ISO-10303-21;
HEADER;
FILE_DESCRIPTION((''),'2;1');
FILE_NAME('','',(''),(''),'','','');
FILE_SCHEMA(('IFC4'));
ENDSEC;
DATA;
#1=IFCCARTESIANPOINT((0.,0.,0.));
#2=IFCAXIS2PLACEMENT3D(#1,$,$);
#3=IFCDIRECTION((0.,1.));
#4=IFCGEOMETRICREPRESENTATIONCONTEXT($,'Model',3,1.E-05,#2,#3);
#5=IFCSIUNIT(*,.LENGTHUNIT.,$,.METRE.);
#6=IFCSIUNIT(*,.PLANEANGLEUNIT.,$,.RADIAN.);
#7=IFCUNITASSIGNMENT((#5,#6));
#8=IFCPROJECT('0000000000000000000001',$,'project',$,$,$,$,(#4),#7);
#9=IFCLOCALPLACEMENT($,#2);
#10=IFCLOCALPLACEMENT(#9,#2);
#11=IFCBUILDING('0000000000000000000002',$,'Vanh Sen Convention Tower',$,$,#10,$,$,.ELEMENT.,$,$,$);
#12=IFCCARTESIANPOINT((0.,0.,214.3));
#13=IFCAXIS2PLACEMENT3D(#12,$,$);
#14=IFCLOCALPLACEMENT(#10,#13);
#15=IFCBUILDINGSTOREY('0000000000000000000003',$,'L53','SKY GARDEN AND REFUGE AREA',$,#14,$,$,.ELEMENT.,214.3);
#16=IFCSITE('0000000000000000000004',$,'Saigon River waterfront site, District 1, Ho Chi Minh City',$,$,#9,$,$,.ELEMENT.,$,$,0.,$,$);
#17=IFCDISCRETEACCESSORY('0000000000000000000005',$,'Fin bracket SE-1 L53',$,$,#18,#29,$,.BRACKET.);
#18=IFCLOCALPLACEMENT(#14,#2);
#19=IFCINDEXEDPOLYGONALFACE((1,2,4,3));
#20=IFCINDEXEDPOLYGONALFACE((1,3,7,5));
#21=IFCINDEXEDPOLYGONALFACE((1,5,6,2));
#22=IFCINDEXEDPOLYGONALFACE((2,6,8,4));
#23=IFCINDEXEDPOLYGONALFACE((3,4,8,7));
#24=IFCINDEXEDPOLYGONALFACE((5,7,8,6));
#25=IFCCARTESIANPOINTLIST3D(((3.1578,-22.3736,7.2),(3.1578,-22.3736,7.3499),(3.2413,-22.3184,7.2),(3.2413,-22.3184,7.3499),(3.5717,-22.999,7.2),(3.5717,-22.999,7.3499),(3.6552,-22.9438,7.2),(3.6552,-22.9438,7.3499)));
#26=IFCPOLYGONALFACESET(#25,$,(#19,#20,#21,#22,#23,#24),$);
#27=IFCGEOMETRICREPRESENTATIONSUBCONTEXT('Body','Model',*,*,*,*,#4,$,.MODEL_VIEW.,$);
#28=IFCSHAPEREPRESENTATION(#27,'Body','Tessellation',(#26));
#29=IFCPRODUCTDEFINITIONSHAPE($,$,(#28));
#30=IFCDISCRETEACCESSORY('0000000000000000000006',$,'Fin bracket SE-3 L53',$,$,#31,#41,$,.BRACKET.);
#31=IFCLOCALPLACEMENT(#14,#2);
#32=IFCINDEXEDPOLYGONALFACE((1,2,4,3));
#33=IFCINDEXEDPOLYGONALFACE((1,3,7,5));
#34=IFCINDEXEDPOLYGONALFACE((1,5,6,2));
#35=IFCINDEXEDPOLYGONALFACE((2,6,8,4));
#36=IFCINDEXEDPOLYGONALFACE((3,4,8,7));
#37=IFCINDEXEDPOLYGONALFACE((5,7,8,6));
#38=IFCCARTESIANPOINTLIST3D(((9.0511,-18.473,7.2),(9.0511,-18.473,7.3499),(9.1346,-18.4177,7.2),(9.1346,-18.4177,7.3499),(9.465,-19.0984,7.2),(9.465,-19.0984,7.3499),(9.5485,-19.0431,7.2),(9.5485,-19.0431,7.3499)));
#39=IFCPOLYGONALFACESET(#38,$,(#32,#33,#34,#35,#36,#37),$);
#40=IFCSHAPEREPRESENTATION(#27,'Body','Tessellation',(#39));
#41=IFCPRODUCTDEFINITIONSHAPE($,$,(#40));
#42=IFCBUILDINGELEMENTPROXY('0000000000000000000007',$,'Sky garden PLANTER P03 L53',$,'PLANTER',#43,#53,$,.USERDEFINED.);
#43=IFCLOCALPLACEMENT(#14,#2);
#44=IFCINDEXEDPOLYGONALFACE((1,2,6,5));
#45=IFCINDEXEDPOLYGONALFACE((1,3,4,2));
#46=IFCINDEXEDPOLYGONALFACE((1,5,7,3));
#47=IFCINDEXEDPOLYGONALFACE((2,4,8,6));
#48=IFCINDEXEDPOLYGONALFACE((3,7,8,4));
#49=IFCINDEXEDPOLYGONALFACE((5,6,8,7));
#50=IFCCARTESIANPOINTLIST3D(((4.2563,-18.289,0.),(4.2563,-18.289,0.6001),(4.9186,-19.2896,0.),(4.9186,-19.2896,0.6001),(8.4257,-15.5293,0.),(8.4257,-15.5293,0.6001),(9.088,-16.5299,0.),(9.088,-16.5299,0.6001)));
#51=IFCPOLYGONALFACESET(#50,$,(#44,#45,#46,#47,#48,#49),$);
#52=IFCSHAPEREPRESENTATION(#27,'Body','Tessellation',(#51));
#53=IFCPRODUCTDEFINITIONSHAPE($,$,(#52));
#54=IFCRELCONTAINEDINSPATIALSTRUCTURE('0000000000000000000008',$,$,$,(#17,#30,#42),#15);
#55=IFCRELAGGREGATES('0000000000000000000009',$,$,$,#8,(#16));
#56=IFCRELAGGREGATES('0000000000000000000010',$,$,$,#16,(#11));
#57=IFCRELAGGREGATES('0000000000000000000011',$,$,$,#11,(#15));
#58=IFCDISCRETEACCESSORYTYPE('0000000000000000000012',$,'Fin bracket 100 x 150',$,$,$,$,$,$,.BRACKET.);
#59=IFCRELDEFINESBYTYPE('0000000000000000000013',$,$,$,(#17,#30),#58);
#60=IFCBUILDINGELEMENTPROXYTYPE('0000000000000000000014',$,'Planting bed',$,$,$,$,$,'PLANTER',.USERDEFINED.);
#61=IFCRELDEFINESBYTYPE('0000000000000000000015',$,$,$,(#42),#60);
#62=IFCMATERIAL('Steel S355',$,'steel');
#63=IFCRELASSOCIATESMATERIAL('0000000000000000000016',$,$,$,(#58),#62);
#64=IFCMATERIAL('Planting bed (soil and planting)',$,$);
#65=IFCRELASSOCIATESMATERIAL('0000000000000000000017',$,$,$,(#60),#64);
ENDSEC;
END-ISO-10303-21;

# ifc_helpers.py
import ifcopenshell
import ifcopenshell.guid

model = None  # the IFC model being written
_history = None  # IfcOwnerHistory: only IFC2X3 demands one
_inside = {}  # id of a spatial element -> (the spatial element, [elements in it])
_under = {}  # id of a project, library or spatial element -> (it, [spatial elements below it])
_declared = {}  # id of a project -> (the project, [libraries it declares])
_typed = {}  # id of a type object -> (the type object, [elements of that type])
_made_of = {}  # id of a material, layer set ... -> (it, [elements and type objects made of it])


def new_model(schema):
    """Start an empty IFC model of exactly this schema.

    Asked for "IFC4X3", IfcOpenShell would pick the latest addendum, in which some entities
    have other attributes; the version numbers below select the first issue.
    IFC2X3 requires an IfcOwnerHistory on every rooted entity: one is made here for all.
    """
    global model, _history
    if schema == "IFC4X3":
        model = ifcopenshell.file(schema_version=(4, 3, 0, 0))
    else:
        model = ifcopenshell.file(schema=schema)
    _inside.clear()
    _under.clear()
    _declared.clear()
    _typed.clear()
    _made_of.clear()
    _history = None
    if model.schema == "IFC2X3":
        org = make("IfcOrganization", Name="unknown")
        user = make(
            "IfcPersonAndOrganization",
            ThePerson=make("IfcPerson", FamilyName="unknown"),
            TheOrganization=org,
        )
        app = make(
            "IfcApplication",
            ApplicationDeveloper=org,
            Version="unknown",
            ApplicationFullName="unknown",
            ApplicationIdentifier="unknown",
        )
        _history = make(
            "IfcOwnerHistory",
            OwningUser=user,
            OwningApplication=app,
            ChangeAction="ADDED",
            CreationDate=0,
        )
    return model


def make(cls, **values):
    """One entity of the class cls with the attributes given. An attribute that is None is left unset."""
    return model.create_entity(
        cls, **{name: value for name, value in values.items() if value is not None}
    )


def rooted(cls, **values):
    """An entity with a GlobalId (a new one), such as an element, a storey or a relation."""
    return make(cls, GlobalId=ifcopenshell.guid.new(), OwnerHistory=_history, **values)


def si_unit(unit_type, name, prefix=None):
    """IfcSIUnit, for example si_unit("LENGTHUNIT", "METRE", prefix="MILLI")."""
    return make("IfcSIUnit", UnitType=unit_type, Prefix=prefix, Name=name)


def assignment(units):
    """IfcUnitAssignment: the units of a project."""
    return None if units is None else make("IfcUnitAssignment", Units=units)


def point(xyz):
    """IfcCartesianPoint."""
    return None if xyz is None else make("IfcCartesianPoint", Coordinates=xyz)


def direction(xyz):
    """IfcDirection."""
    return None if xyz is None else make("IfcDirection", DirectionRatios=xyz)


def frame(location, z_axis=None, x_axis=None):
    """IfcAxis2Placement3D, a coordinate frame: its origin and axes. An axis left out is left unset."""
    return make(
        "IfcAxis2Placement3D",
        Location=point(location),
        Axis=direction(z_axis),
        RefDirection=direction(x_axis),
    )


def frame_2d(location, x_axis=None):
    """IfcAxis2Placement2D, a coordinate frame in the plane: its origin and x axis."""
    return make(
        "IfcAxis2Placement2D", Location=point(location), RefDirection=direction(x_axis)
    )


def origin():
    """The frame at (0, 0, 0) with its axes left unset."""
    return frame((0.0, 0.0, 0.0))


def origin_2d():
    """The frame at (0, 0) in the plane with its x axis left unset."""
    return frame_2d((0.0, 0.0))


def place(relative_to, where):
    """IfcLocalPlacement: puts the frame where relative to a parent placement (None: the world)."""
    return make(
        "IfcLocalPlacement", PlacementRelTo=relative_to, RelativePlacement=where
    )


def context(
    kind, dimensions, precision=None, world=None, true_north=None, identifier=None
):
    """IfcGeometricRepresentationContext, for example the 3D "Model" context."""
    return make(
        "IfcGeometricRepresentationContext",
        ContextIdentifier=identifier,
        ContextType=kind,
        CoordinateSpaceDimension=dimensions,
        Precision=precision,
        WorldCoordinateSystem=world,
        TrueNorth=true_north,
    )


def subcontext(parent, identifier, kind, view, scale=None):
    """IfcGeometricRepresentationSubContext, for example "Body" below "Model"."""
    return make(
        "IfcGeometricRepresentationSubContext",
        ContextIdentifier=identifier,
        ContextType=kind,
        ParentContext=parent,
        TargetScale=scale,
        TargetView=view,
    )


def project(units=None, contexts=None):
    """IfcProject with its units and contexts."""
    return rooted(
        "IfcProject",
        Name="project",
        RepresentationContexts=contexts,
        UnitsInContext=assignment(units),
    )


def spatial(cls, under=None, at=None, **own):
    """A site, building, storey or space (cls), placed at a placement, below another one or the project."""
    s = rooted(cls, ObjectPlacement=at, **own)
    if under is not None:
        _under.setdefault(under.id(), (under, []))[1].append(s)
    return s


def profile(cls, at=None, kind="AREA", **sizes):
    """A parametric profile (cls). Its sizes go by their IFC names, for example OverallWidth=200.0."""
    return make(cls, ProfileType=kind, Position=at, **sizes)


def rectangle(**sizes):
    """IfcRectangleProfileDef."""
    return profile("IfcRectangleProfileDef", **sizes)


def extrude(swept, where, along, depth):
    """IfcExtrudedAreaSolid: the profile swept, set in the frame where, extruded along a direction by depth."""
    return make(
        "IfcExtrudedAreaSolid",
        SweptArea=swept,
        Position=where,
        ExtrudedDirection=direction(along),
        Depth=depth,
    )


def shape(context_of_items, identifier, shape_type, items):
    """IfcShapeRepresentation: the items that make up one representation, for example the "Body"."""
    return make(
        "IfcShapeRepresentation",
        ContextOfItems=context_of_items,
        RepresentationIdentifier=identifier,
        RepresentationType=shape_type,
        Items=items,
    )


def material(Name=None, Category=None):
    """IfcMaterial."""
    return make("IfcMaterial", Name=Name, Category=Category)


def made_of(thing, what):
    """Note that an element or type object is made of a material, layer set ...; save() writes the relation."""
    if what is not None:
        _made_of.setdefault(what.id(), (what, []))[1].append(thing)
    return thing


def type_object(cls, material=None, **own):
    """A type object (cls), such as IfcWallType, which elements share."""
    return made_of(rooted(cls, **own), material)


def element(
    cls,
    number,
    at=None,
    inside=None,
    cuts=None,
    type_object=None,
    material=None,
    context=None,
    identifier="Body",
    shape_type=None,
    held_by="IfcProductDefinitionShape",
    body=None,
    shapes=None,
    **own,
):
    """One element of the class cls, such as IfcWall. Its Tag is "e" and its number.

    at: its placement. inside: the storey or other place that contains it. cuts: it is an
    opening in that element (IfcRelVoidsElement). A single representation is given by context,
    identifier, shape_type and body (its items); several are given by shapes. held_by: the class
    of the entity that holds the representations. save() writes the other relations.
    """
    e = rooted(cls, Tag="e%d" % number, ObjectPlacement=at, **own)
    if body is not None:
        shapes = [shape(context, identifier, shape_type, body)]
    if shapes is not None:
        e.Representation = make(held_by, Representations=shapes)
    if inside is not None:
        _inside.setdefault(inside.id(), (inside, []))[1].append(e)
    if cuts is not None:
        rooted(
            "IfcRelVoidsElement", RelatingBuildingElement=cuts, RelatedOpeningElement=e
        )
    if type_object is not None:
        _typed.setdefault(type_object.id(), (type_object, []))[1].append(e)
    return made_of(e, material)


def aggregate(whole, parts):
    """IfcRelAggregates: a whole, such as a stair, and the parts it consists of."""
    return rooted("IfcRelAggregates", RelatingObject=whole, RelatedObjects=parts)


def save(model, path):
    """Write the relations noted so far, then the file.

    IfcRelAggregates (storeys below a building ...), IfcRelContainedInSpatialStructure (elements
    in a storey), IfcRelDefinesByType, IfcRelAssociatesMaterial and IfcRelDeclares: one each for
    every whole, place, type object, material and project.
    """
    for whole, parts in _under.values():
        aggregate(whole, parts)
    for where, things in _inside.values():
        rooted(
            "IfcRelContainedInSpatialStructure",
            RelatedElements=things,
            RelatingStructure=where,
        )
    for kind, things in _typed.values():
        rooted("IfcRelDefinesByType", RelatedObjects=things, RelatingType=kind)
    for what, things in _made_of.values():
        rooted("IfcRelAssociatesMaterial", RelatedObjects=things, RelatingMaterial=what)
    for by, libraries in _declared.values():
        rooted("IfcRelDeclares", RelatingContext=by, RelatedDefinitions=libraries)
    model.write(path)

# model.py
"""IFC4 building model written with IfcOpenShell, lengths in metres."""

from ifc_helpers import new_model, si_unit, direction, frame, origin, origin_2d, place, context, subcontext, project, spatial, rectangle, extrude, material, type_object, element, save


model = new_model("IFC4")

# Units and contexts
model_context = context("Model", 3, precision=1e-05, world=origin(), true_north=direction((0.0, 1.0)))
body_context = subcontext(model_context, "Body", "Model", "MODEL_VIEW")
ifc_project = project(units=[si_unit("LENGTHUNIT", "METRE"), si_unit("PLANEANGLEUNIT", "RADIAN")], contexts=[model_context])

# Site, building, storey
site_placement = place(None, origin())
site = spatial("IfcSite", under=ifc_project, at=site_placement, Name="Saigon River waterfront site, District 1, Ho Chi Minh City", CompositionType="ELEMENT", RefElevation=0.0)
building_placement = place(site_placement, origin())
building = spatial("IfcBuilding", under=site, at=building_placement, Name="Vanh Sen Convention Tower", CompositionType="ELEMENT")
storey_placement = place(building_placement, frame((0.0, 0.0, 214.3)))
storey = spatial("IfcBuildingStorey", under=building, at=storey_placement, Name="L53", Description="SKY GARDEN AND REFUGE AREA", CompositionType="ELEMENT", Elevation=214.3)

# Discrete accessories
ifc_material_1 = material(Name="Steel S355", Category="steel")
discrete_accessory_type = type_object("IfcDiscreteAccessoryType", Name="Fin bracket 100 x 150", PredefinedType="BRACKET", material=ifc_material_1)
for number, where, z_axis, x_axis, name in (
    (1, (3.4065, -22.6587, 7.2), (0.0, 0.0, 1.0), (0.551937, -0.833886, 0.0), "Fin bracket SE-1 L53"),
    (2, (9.2998, -18.7581, 7.2), (0.0, 0.0, 1.0), (0.551937, -0.833886, 0.0), "Fin bracket SE-3 L53"),
):
    element("IfcDiscreteAccessory", number, at=place(storey_placement, frame(where, z_axis=z_axis, x_axis=x_axis)), inside=storey, type_object=discrete_accessory_type, Name=name, PredefinedType="BRACKET", context=body_context, shape_type="SweptSolid", body=[
        extrude(rectangle(XDim=0.75, YDim=0.1001, at=origin_2d()), origin(), (0.0, 0.0, 1.0), 0.1499),
    ])

# Building element proxy
ifc_material_2 = material(Name="Planting bed (soil and planting)")
building_element_proxy_type = type_object("IfcBuildingElementProxyType", Name="Planting bed", ElementType="PLANTER", PredefinedType="USERDEFINED", material=ifc_material_2)
proxy_placement = place(storey_placement, frame((6.6721, -17.4094, 0.0), z_axis=(0.0, 0.0, 1.0), x_axis=(0.833887, 0.551936, 0.0)))
element("IfcBuildingElementProxy", 3, at=proxy_placement, inside=storey, type_object=building_element_proxy_type, Name="Sky garden PLANTER P03 L53", ObjectType="PLANTER", PredefinedType="USERDEFINED", context=body_context, shape_type="SweptSolid", body=[
    extrude(rectangle(XDim=5.0, YDim=1.2, at=origin_2d()), origin(), (0.0, 0.0, 1.0), 0.6001),
])

save(model, "model.ifc")
